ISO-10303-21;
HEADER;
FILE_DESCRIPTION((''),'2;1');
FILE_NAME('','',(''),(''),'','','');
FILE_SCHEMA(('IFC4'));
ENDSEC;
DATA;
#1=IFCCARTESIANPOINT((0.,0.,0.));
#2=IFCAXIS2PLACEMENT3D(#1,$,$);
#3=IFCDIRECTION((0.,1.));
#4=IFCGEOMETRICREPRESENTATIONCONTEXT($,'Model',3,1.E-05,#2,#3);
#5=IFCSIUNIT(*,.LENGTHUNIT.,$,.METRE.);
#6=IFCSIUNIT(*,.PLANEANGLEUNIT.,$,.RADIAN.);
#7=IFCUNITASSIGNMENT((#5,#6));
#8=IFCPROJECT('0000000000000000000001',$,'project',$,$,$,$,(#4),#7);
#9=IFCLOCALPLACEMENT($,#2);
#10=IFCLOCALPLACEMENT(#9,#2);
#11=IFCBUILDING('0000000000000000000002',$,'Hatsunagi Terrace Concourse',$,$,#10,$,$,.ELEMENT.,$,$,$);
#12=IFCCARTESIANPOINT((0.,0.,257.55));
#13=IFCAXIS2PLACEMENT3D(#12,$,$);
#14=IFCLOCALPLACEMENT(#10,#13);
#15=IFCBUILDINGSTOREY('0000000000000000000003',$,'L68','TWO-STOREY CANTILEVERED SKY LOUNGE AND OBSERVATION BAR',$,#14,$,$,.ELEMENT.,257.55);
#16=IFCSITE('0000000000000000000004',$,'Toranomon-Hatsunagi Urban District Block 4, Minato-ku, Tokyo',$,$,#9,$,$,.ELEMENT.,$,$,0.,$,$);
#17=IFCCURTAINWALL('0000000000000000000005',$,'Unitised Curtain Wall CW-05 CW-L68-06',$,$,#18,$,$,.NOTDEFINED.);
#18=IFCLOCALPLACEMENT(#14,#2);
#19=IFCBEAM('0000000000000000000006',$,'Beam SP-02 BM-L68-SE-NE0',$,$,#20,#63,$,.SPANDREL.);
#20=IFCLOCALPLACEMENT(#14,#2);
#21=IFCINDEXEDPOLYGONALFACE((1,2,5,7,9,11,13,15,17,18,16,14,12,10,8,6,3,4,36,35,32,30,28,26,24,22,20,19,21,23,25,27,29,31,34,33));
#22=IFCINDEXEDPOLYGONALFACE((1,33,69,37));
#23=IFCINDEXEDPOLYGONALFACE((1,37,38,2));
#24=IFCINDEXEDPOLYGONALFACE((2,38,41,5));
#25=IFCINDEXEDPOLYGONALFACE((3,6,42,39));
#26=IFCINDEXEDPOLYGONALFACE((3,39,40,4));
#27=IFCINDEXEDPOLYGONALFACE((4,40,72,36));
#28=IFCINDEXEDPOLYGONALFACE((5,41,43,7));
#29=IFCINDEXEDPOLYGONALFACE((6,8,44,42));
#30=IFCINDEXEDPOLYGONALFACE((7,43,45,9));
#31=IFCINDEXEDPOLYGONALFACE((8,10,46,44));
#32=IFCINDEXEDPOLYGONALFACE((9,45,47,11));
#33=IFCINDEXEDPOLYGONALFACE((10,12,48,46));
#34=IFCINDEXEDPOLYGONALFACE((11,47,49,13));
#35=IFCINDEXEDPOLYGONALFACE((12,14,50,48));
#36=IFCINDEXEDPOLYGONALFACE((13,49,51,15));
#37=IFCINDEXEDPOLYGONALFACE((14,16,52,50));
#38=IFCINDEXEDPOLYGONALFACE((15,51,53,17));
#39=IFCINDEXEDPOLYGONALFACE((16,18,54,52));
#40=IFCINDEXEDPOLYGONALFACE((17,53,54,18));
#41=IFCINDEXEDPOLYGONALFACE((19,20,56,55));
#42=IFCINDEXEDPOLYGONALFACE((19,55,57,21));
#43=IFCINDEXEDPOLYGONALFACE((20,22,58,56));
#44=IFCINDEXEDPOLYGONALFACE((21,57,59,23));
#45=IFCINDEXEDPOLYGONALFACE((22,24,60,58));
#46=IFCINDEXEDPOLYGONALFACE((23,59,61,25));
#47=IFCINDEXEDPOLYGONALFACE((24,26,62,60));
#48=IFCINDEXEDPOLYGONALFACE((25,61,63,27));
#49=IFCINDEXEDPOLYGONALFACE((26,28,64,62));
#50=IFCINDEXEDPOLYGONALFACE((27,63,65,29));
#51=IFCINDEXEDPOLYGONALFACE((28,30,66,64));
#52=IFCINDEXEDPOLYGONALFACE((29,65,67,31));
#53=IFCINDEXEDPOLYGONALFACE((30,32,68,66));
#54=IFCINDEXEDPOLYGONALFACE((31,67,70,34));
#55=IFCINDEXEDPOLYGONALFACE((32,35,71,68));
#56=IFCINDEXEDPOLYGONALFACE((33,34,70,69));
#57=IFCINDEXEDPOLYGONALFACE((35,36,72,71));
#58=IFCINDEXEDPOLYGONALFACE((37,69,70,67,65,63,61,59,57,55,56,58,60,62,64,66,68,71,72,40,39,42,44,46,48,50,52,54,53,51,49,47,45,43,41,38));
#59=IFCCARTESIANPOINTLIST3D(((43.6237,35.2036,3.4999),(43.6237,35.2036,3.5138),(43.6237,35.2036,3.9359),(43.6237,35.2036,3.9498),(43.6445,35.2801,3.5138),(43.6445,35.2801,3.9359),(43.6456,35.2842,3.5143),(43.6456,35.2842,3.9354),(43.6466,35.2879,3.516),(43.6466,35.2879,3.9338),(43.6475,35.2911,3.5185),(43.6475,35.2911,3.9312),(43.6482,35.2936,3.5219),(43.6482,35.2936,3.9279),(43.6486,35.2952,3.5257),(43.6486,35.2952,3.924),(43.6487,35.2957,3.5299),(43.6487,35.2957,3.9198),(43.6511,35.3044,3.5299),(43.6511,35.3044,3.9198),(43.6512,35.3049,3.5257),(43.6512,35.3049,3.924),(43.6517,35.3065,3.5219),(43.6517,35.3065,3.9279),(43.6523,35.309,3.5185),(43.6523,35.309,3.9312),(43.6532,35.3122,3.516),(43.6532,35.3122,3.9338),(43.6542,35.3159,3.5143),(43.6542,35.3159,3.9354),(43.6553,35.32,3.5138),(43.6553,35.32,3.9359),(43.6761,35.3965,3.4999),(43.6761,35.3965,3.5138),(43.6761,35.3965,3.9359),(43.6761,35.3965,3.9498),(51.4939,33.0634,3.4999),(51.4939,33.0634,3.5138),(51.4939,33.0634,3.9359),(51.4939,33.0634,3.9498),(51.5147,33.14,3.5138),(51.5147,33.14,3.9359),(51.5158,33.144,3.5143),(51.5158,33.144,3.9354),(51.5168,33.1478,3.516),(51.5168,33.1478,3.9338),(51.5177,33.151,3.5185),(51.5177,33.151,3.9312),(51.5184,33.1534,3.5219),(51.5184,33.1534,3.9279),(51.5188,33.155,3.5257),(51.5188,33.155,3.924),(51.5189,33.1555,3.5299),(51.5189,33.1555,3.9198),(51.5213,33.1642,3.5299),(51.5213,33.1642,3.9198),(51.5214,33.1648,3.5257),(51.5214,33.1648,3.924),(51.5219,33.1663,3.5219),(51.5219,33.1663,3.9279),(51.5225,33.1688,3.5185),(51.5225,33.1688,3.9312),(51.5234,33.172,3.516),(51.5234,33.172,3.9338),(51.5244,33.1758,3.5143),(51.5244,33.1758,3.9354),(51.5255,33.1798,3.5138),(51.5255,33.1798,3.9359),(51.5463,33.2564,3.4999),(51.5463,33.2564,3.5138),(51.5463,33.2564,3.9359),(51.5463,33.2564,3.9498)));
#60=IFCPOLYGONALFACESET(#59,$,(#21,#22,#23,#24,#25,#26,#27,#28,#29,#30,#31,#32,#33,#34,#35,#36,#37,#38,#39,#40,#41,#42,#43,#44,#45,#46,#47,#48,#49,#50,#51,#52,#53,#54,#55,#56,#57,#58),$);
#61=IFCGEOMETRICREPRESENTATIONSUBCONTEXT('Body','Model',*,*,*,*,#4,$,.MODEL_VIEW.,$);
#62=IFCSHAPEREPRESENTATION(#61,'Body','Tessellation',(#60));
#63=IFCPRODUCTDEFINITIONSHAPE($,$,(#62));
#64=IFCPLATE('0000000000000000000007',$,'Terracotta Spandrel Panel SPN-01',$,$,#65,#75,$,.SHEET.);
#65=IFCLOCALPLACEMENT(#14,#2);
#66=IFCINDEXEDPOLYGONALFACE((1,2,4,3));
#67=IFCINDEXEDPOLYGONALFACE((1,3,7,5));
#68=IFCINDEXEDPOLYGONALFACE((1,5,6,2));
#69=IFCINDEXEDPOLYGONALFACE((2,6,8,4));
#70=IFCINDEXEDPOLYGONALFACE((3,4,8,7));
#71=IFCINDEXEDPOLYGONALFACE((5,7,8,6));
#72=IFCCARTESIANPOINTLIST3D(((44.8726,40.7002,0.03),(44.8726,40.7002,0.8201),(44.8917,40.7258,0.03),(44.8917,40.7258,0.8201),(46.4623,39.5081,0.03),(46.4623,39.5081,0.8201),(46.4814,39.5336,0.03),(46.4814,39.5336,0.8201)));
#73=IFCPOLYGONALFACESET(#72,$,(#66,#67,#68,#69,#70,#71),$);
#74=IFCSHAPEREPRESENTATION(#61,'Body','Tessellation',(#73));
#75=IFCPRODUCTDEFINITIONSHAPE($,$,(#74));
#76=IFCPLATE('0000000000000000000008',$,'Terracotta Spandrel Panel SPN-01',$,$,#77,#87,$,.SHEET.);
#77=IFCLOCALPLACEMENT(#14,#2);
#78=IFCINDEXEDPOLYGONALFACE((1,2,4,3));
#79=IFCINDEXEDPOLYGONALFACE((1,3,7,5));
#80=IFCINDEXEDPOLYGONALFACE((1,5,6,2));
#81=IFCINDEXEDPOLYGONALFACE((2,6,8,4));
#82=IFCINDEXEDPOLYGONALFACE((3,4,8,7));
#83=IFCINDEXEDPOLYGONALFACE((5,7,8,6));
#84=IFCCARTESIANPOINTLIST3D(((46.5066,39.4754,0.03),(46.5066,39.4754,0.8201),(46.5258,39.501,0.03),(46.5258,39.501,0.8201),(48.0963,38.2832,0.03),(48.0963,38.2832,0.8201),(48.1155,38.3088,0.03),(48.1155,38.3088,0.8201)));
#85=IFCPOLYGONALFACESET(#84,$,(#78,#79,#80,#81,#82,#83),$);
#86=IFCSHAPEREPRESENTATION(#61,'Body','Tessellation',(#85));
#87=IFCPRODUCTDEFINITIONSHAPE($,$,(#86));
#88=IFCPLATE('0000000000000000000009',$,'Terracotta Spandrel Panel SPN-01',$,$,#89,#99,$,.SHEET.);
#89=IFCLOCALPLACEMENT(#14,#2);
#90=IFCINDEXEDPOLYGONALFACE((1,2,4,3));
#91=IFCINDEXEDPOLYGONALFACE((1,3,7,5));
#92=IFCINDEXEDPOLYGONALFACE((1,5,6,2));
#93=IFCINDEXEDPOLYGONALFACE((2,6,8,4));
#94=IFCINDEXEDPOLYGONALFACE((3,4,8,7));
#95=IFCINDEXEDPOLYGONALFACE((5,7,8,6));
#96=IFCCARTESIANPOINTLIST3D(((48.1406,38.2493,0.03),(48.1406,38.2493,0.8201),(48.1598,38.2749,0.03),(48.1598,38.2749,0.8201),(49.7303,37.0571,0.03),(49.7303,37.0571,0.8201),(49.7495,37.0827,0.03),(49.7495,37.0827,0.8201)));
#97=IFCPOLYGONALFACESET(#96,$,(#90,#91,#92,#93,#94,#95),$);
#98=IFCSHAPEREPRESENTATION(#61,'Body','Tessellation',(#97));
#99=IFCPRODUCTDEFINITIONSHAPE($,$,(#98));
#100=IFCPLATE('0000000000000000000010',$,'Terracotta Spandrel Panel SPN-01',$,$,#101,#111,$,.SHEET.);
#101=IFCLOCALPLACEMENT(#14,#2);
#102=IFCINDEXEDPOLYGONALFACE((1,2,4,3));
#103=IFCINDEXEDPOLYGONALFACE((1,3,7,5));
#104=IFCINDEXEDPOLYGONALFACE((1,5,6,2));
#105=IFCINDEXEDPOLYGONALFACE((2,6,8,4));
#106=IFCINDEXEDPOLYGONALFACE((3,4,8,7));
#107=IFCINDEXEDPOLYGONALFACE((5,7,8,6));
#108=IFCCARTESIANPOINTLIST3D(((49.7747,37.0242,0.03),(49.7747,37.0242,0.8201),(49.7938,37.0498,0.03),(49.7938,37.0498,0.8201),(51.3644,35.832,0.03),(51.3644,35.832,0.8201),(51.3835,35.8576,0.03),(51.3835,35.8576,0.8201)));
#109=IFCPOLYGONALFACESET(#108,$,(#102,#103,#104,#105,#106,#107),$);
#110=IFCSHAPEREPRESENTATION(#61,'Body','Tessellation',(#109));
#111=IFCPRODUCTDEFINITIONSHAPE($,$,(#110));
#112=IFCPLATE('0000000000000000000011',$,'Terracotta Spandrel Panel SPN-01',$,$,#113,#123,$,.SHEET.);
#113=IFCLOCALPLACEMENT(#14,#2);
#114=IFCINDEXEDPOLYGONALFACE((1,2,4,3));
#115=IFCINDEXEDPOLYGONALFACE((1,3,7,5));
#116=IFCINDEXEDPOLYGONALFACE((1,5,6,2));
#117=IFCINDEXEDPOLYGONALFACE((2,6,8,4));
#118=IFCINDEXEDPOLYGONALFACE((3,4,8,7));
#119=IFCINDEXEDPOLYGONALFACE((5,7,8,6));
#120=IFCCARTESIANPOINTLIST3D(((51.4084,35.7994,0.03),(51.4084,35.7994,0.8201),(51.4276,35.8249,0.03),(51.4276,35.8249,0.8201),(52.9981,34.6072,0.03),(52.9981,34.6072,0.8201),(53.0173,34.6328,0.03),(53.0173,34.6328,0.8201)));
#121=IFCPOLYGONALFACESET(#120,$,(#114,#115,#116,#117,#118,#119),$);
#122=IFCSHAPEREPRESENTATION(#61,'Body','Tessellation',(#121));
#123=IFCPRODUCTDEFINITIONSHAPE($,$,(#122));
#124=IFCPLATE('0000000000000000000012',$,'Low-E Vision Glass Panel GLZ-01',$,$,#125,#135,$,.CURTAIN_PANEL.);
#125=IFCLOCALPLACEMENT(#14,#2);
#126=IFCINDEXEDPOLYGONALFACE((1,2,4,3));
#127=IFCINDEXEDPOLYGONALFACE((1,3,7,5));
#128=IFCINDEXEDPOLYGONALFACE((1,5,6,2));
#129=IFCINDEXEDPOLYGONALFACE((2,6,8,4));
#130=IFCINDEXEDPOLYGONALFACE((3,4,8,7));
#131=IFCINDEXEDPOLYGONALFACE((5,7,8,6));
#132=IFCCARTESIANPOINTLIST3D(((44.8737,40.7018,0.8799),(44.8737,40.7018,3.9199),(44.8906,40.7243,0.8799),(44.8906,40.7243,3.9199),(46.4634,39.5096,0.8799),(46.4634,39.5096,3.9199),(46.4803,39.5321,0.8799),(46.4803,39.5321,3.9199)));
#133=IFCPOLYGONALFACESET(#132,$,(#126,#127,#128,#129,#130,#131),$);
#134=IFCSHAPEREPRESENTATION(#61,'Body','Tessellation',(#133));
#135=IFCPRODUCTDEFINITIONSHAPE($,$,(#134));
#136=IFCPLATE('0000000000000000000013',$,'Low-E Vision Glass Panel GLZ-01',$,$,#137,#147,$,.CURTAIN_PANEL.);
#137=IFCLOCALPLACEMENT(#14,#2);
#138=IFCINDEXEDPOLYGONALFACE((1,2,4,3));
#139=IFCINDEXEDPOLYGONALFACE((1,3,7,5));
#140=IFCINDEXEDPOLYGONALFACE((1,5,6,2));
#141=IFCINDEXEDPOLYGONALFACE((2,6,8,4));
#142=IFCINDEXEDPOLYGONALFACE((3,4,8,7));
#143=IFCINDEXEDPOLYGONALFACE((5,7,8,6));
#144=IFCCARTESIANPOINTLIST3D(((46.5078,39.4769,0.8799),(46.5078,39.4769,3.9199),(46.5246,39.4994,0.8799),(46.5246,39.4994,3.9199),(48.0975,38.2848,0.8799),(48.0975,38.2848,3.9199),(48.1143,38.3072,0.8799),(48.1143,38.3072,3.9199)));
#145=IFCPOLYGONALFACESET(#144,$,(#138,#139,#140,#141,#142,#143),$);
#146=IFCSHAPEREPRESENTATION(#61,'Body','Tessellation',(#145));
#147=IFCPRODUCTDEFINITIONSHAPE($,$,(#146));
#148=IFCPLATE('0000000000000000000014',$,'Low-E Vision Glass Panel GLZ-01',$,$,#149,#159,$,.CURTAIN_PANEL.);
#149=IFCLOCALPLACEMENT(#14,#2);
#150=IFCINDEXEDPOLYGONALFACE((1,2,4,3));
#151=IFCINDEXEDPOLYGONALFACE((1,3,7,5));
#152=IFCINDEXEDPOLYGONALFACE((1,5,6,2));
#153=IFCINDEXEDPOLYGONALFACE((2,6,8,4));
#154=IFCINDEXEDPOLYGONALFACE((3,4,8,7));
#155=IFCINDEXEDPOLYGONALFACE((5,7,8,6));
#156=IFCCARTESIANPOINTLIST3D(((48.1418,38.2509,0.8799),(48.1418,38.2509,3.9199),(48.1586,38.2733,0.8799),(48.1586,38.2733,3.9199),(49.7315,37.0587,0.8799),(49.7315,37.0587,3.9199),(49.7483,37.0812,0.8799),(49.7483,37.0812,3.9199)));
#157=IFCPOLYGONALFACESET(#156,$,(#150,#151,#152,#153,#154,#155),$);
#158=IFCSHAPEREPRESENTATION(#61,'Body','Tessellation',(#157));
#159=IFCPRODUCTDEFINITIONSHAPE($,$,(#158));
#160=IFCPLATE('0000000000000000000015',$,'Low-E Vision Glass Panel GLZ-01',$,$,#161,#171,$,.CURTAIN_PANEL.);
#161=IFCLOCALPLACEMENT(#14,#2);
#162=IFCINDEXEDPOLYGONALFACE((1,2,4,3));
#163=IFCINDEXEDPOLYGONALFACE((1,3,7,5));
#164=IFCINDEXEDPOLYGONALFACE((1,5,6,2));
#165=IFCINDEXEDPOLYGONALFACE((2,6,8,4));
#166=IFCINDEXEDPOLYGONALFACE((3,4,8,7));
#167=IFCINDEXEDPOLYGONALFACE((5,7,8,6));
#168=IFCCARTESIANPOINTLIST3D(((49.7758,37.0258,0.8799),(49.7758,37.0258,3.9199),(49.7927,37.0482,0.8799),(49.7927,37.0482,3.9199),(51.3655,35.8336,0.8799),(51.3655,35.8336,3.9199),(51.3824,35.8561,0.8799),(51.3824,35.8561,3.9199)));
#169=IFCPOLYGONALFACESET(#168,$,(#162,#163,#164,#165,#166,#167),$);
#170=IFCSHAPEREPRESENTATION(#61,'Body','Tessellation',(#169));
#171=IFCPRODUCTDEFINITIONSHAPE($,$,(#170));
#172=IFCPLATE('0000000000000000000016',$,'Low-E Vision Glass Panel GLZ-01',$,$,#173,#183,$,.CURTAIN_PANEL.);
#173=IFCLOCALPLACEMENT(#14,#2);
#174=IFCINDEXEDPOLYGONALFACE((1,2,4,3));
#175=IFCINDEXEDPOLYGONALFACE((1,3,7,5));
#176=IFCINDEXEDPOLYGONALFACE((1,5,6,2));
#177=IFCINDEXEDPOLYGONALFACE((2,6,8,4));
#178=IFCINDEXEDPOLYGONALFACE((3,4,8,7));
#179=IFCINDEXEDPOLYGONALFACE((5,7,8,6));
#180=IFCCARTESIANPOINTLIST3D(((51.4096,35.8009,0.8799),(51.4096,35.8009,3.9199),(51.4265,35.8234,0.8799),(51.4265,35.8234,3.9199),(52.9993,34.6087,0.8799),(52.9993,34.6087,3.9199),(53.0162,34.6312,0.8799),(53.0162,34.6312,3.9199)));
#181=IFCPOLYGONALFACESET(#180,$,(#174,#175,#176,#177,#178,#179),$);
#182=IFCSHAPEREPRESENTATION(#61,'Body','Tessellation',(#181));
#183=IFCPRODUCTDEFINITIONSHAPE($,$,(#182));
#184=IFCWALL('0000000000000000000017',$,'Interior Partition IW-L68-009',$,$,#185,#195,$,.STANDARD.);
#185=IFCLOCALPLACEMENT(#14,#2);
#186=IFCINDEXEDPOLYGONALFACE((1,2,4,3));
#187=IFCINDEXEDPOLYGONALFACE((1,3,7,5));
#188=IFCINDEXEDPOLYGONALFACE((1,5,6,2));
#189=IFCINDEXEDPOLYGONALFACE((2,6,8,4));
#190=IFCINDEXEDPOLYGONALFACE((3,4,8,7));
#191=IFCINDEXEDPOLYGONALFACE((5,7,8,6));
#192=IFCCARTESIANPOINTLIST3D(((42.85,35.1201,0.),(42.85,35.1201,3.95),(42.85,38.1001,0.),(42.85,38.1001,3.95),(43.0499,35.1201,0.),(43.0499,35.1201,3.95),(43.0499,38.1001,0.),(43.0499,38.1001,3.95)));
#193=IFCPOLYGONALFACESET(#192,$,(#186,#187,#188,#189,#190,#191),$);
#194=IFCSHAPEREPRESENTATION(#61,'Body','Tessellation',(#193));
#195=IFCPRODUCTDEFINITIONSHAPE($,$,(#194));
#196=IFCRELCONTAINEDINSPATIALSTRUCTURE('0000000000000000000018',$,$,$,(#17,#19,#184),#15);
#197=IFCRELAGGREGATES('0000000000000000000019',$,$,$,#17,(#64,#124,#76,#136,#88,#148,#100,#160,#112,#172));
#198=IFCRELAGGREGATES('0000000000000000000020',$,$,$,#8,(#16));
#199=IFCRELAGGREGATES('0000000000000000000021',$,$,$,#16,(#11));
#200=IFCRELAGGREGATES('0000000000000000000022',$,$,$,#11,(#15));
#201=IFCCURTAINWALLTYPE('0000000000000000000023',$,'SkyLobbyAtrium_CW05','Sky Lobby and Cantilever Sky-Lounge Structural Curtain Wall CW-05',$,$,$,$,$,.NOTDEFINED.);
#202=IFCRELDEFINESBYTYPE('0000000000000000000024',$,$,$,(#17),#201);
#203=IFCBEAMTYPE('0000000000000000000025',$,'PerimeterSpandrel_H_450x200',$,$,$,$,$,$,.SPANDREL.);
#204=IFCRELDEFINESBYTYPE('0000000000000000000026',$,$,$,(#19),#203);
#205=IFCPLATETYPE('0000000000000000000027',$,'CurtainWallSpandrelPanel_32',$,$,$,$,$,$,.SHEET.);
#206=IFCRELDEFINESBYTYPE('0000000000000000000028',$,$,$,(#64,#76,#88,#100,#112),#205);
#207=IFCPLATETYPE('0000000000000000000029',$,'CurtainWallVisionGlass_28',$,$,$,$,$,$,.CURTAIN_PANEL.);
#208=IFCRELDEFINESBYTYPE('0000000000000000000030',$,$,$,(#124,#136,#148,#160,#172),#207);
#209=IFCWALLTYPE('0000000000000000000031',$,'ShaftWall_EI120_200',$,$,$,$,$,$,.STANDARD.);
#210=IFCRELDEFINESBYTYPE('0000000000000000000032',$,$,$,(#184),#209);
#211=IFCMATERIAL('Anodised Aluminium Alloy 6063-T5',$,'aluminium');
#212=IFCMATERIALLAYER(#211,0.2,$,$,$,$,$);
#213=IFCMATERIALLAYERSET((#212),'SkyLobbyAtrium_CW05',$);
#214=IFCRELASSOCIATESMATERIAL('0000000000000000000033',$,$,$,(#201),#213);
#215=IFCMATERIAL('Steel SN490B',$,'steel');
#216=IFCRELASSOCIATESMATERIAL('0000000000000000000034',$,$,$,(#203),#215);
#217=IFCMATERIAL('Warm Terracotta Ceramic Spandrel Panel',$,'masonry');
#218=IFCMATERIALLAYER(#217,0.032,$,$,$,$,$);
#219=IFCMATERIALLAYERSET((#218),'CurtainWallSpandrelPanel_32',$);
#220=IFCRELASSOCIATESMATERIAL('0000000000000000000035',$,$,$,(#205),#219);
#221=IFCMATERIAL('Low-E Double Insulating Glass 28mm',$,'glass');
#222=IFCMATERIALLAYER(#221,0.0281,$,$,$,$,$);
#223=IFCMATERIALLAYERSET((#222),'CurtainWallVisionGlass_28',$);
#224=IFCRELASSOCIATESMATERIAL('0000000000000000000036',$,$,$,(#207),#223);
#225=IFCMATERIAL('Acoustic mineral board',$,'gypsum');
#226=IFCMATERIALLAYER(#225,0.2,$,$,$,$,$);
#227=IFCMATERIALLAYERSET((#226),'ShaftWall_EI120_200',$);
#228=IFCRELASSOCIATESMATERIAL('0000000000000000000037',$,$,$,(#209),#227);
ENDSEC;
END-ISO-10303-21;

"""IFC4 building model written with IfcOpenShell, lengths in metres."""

from ifc_helpers import new_model, si_unit, direction, frame, frame_2d, origin, origin_2d, place, context, subcontext, project, spatial, rectangle, i_section, extrude, material, layer, layer_set, material_profile, profile_set, type_object, element, aggregate, save


model = new_model("IFC4")

# Units and contexts
model_context = context("Model", 3, precision=1e-05, world=origin(), true_north=direction((0.0, 1.0)))
body_context = subcontext(model_context, "Body", "Model", "MODEL_VIEW")
ifc_project = project(units=[si_unit("LENGTHUNIT", "METRE"), si_unit("PLANEANGLEUNIT", "RADIAN")], contexts=[model_context])

# Site, building, storey
site_placement = place(None, origin())
site = spatial("IfcSite", under=ifc_project, at=site_placement, Name="Toranomon-Hatsunagi Urban District Block 4, Minato-ku, Tokyo", CompositionType="ELEMENT", RefElevation=0.0)
building_placement = place(site_placement, origin())
building = spatial("IfcBuilding", under=site, at=building_placement, Name="Hatsunagi Terrace Concourse", CompositionType="ELEMENT")
storey_placement = place(building_placement, frame((0.0, 0.0, 257.55)))
storey = spatial("IfcBuildingStorey", under=building, at=storey_placement, Name="L68", Description="TWO-STOREY CANTILEVERED SKY LOUNGE AND OBSERVATION BAR", CompositionType="ELEMENT", Elevation=257.55)

# Shared definitions
ifc_material_1 = material(Name="Anodised Aluminium Alloy 6063-T5", Category="aluminium")
ifc_layer_1 = layer(ifc_material_1, 0.2)
ifc_layer_set_1 = layer_set([ifc_layer_1], Name="SkyLobbyAtrium_CW05")
curtain_wall_type = type_object("IfcCurtainWallType", Name="SkyLobbyAtrium_CW05", Description="Sky Lobby and Cantilever Sky-Lounge Structural Curtain Wall CW-05", PredefinedType="NOTDEFINED", material=ifc_layer_set_1)

# Curtain wall
curtain_wall_1_placement = place(storey_placement, origin())
curtain_wall_1 = element("IfcCurtainWall", 1, at=curtain_wall_1_placement, inside=storey, type_object=curtain_wall_type, Name="Unitised Curtain Wall CW-05 CW-L68-06", PredefinedType="NOTDEFINED")

# Beam
ifc_material_2 = material(Name="Steel SN490B", Category="steel")
ifc_material_profile_1 = material_profile(ifc_material_2, i_section(OverallWidth=0.2, OverallDepth=0.45, WebThickness=0.009, FlangeThickness=0.0139, FilletRadius=0.0161, at=origin_2d()), Name="H-450x200x9x14")
ifc_profile_set_1 = profile_set([ifc_material_profile_1], Name="Steel SN490B")
beam_type_1 = type_object("IfcBeamType", Name="PerimeterSpandrel_H_450x200", PredefinedType="SPANDREL", material=ifc_profile_set_1)
beam_1_placement = place(storey_placement, frame((43.6499, 35.3, 3.7249), z_axis=(0.964958, -0.262403, 0.0), x_axis=(0.262403, 0.964958, 0.0)))
element("IfcBeam", 2, at=beam_1_placement, inside=storey, type_object=beam_type_1, Name="Beam SP-02 BM-L68-SE-NE0", PredefinedType="SPANDREL", context=body_context, shape_type="SweptSolid", body=[
    extrude(i_section(OverallWidth=0.2, OverallDepth=0.45, WebThickness=0.009, FlangeThickness=0.0139, FilletRadius=0.0161, at=origin_2d()), origin(), (0.0, 0.0, 1.0), 8.156),
])

# Plates
ifc_material_3 = material(Name="Warm Terracotta Ceramic Spandrel Panel", Category="masonry")
ifc_layer_2 = layer(ifc_material_3, 0.032)
ifc_layer_set_2 = layer_set([ifc_layer_2], Name="CurtainWallSpandrelPanel_32")
plate_type_1 = type_object("IfcPlateType", Name="CurtainWallSpandrelPanel_32", PredefinedType="SHEET", material=ifc_layer_set_2)
plate_1_placement = place(storey_placement, frame((45.677, 40.1169, 0.03), z_axis=(0.0, 0.0, 1.0), x_axis=(0.800023, -0.599969, 0.0)))
plate_1 = element("IfcPlate", 3, at=plate_1_placement, type_object=plate_type_1, Name="Terracotta Spandrel Panel SPN-01", PredefinedType="SHEET", context=body_context, shape_type="SweptSolid", body=[
    extrude(rectangle(XDim=1.9871, YDim=0.032, at=origin_2d()), origin(), (0.0, 0.0, 1.0), 0.79),
])
plate_2_placement = place(storey_placement, frame((47.311, 38.8921, 0.03), z_axis=(0.0, 0.0, 1.0), x_axis=(0.800023, -0.599969, 0.0)))
plate_2 = element("IfcPlate", 4, at=plate_2_placement, type_object=plate_type_1, Name="Terracotta Spandrel Panel SPN-01", PredefinedType="SHEET", context=body_context, shape_type="SweptSolid", body=[
    extrude(rectangle(XDim=1.9871, YDim=0.032, at=origin_2d()), origin(), (0.0, 0.0, 1.0), 0.79),
])
plate_3_placement = place(storey_placement, frame((48.9451, 37.666, 0.03), z_axis=(0.0, 0.0, 1.0), x_axis=(0.800023, -0.599969, 0.0)))
plate_3 = element("IfcPlate", 5, at=plate_3_placement, type_object=plate_type_1, Name="Terracotta Spandrel Panel SPN-01", PredefinedType="SHEET", context=body_context, shape_type="SweptSolid", body=[
    extrude(rectangle(XDim=1.9871, YDim=0.032, at=origin_2d()), origin(), (0.0, 0.0, 1.0), 0.79),
])
plate_4_placement = place(storey_placement, frame((50.5791, 36.4409, 0.03), z_axis=(0.0, 0.0, 1.0), x_axis=(0.800023, -0.599969, 0.0)))
plate_4 = element("IfcPlate", 6, at=plate_4_placement, type_object=plate_type_1, Name="Terracotta Spandrel Panel SPN-01", PredefinedType="SHEET", context=body_context, shape_type="SweptSolid", body=[
    extrude(rectangle(XDim=1.9871, YDim=0.032, at=origin_2d()), origin(), (0.0, 0.0, 1.0), 0.79),
])
plate_5_placement = place(storey_placement, frame((52.2129, 35.2161, 0.03), z_axis=(0.0, 0.0, 1.0), x_axis=(0.800023, -0.599969, 0.0)))
plate_5 = element("IfcPlate", 7, at=plate_5_placement, type_object=plate_type_1, Name="Terracotta Spandrel Panel SPN-01", PredefinedType="SHEET", context=body_context, shape_type="SweptSolid", body=[
    extrude(rectangle(XDim=1.9871, YDim=0.032, at=origin_2d()), origin(), (0.0, 0.0, 1.0), 0.79),
])
ifc_material_4 = material(Name="Low-E Double Insulating Glass 28mm", Category="glass")
ifc_layer_3 = layer(ifc_material_4, 0.0281)
ifc_layer_set_3 = layer_set([ifc_layer_3], Name="CurtainWallVisionGlass_28")
plate_type_2 = type_object("IfcPlateType", Name="CurtainWallVisionGlass_28", PredefinedType="CURTAIN_PANEL", material=ifc_layer_set_3)
plate_6_placement = place(storey_placement, frame((45.677, 40.1169, 0.8799), z_axis=(0.0, 0.0, 1.0), x_axis=(0.800023, -0.599969, 0.0)))
plate_6 = element("IfcPlate", 8, at=plate_6_placement, type_object=plate_type_2, Name="Low-E Vision Glass Panel GLZ-01", PredefinedType="CURTAIN_PANEL", context=body_context, shape_type="SweptSolid", body=[
    extrude(rectangle(XDim=1.9871, YDim=0.0281, at=origin_2d()), origin(), (0.0, 0.0, 1.0), 3.04),
])
plate_7_placement = place(storey_placement, frame((47.311, 38.8921, 0.8799), z_axis=(0.0, 0.0, 1.0), x_axis=(0.800023, -0.599969, 0.0)))
plate_7 = element("IfcPlate", 9, at=plate_7_placement, type_object=plate_type_2, Name="Low-E Vision Glass Panel GLZ-01", PredefinedType="CURTAIN_PANEL", context=body_context, shape_type="SweptSolid", body=[
    extrude(rectangle(XDim=1.9871, YDim=0.0281, at=origin_2d()), origin(), (0.0, 0.0, 1.0), 3.04),
])
plate_8_placement = place(storey_placement, frame((48.9451, 37.666, 0.8799), z_axis=(0.0, 0.0, 1.0), x_axis=(0.800023, -0.599969, 0.0)))
plate_8 = element("IfcPlate", 10, at=plate_8_placement, type_object=plate_type_2, Name="Low-E Vision Glass Panel GLZ-01", PredefinedType="CURTAIN_PANEL", context=body_context, shape_type="SweptSolid", body=[
    extrude(rectangle(XDim=1.9871, YDim=0.0281, at=origin_2d()), origin(), (0.0, 0.0, 1.0), 3.04),
])
plate_9_placement = place(storey_placement, frame((50.5791, 36.4409, 0.8799), z_axis=(0.0, 0.0, 1.0), x_axis=(0.800023, -0.599969, 0.0)))
plate_9 = element("IfcPlate", 11, at=plate_9_placement, type_object=plate_type_2, Name="Low-E Vision Glass Panel GLZ-01", PredefinedType="CURTAIN_PANEL", context=body_context, shape_type="SweptSolid", body=[
    extrude(rectangle(XDim=1.9871, YDim=0.0281, at=origin_2d()), origin(), (0.0, 0.0, 1.0), 3.04),
])
plate_10_placement = place(storey_placement, frame((52.2129, 35.2161, 0.8799), z_axis=(0.0, 0.0, 1.0), x_axis=(0.800023, -0.599969, 0.0)))
plate_10 = element("IfcPlate", 12, at=plate_10_placement, type_object=plate_type_2, Name="Low-E Vision Glass Panel GLZ-01", PredefinedType="CURTAIN_PANEL", context=body_context, shape_type="SweptSolid", body=[
    extrude(rectangle(XDim=1.9871, YDim=0.0281, at=origin_2d()), origin(), (0.0, 0.0, 1.0), 3.04),
])
aggregate(curtain_wall_1, [plate_1, plate_6, plate_2, plate_7, plate_3, plate_8, plate_4, plate_9, plate_5, plate_10])

# Wall
ifc_material_5 = material(Name="Acoustic mineral board", Category="gypsum")
ifc_layer_4 = layer(ifc_material_5, 0.2)
ifc_layer_set_4 = layer_set([ifc_layer_4], Name="ShaftWall_EI120_200")
wall_type_1 = type_object("IfcWallType", Name="ShaftWall_EI120_200", PredefinedType="STANDARD", material=ifc_layer_set_4)
wall_1_placement = place(storey_placement, frame((42.95, 35.1201, 0.0), z_axis=(0.0, 0.0, 1.0), x_axis=(0.0, 1.0, 0.0)))
element("IfcWall", 13, at=wall_1_placement, inside=storey, type_object=wall_type_1, Name="Interior Partition IW-L68-009", PredefinedType="STANDARD", context=body_context, shape_type="SweptSolid", body=[
    extrude(rectangle(XDim=2.98, YDim=0.2, at=frame_2d((1.49, 0.0))), origin(), (0.0, 0.0, 1.0), 3.95),
])

save(model, "model.ifc")
